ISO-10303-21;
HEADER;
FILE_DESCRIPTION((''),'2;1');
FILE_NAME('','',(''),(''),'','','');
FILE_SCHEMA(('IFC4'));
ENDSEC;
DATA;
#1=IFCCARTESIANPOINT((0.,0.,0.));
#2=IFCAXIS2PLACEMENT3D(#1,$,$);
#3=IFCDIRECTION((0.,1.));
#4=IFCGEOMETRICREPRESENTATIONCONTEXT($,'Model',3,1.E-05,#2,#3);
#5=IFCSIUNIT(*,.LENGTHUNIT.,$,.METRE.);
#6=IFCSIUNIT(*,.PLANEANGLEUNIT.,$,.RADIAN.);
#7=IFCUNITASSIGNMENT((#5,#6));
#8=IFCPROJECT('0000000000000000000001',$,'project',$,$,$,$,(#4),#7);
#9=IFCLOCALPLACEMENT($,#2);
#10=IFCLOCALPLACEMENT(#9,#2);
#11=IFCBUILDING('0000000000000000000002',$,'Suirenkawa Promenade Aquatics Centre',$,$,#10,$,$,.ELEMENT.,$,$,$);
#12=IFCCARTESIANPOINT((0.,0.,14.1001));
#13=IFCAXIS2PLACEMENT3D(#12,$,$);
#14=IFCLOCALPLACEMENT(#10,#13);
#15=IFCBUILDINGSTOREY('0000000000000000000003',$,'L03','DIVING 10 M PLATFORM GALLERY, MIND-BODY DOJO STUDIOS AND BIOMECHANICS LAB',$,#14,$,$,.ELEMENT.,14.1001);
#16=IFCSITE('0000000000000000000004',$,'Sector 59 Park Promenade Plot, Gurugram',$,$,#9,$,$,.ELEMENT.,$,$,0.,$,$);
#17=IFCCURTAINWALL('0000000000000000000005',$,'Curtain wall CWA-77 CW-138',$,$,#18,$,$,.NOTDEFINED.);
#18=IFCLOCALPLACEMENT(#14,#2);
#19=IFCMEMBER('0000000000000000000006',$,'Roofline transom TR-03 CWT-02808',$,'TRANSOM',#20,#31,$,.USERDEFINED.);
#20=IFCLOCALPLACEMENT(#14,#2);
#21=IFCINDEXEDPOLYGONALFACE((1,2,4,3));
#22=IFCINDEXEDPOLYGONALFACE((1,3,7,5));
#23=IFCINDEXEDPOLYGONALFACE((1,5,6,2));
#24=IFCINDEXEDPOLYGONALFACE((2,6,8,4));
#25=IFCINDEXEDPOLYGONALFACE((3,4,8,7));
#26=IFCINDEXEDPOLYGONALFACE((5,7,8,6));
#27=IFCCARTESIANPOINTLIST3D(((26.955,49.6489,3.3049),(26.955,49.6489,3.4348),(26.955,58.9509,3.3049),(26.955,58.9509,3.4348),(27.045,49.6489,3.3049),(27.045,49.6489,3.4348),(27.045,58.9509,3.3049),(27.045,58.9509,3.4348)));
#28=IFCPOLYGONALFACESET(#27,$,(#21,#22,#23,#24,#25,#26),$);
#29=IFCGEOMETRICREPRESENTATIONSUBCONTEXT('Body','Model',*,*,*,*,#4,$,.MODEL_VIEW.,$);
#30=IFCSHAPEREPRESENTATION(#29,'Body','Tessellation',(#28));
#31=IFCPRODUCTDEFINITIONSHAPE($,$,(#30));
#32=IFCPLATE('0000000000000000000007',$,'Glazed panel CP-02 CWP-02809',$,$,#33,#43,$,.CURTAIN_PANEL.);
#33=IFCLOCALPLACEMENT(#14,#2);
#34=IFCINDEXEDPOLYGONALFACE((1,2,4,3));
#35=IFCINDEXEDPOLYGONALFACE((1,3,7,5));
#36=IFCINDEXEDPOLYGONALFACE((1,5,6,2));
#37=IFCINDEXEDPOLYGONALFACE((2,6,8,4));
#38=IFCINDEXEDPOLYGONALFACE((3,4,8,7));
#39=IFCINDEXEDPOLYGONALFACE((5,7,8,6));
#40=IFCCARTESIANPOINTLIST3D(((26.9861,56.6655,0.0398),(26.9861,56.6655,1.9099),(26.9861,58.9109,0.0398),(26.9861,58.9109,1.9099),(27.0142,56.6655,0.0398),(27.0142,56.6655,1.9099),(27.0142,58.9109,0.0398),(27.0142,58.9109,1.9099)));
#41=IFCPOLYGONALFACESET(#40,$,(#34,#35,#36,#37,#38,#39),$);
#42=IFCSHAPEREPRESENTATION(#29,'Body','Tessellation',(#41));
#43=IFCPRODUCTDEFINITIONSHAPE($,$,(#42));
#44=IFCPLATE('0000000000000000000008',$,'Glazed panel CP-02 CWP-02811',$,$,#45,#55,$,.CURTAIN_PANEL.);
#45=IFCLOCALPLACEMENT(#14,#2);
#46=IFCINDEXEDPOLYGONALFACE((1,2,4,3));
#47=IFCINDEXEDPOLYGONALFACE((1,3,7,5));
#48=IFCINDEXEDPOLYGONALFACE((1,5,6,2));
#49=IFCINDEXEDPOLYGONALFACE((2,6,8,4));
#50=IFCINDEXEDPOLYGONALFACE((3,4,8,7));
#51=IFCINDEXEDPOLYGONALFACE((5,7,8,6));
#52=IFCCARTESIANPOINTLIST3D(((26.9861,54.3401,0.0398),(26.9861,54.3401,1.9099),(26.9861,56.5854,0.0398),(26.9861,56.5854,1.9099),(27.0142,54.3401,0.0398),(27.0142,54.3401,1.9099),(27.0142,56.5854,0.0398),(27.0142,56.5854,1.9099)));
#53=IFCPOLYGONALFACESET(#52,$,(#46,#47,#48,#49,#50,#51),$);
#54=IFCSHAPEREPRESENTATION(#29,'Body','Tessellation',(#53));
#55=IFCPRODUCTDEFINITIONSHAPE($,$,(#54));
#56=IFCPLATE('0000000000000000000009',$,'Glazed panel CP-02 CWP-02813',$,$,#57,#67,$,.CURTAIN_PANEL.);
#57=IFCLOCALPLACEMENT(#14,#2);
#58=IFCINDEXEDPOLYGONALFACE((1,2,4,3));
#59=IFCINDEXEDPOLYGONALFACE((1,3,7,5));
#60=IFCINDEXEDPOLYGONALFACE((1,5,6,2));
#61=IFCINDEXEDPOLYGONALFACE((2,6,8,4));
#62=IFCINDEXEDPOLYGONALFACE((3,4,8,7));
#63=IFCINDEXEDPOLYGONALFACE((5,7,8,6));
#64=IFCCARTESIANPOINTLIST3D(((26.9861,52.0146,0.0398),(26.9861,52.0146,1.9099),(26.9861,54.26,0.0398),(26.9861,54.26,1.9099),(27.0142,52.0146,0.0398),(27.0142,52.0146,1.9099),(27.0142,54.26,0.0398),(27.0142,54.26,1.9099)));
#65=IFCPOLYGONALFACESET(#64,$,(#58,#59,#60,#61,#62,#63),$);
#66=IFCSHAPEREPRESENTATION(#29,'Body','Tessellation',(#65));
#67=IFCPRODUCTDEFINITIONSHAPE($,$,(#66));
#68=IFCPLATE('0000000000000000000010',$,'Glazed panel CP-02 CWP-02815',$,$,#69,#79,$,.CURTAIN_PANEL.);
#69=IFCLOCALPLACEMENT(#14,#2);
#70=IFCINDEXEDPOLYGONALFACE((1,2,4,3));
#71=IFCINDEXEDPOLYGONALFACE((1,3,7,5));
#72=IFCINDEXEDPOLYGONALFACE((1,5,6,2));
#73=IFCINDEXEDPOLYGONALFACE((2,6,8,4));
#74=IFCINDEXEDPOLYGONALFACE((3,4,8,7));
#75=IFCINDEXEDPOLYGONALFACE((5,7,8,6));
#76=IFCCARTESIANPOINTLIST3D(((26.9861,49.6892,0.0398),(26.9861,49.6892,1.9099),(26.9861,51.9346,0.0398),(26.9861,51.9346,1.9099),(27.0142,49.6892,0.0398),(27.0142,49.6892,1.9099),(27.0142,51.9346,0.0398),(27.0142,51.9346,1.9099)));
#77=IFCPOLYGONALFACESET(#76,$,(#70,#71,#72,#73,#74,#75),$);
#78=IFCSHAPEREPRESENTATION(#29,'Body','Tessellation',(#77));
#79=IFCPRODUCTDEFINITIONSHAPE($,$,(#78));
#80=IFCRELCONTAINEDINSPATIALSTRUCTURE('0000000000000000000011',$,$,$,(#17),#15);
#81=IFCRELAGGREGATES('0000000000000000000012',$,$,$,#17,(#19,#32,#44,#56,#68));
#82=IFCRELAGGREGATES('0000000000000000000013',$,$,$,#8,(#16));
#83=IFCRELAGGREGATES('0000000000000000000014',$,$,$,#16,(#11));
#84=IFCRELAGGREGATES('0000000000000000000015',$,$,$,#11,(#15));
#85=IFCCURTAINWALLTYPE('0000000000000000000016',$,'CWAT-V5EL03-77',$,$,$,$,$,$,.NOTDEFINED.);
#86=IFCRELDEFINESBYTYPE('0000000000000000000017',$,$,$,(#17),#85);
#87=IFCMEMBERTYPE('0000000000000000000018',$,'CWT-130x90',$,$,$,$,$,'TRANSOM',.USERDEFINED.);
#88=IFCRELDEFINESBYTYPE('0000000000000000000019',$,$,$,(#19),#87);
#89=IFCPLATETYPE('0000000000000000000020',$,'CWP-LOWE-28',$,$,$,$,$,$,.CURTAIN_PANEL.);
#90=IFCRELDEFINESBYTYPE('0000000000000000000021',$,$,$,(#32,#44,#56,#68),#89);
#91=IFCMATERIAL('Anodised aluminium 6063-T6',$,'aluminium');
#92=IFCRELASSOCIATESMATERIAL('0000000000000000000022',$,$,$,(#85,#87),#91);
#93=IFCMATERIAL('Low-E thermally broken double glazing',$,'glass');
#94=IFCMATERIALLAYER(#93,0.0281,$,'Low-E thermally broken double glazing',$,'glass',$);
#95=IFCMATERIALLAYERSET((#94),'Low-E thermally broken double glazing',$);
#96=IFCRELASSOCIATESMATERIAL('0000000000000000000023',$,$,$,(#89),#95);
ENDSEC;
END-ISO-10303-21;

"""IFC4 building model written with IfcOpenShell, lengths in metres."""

from ifc_helpers import new_model, si_unit, direction, frame, origin, origin_2d, place, context, subcontext, project, spatial, polyline, rectangle, outline, extrude, material, layer, layer_set, material_profile, profile_set, type_object, element, aggregate, save


model = new_model("IFC4")

# Units and contexts
model_context = context("Model", 3, precision=1e-05, world=origin(), true_north=direction((0.0, 1.0)))
body_context = subcontext(model_context, "Body", "Model", "MODEL_VIEW")
ifc_project = project(units=[si_unit("LENGTHUNIT", "METRE"), si_unit("PLANEANGLEUNIT", "RADIAN")], contexts=[model_context])

# Site, building, storey
site_placement = place(None, origin())
site = spatial("IfcSite", under=ifc_project, at=site_placement, Name="Sector 59 Park Promenade Plot, Gurugram", CompositionType="ELEMENT", RefElevation=0.0)
building_placement = place(site_placement, origin())
building = spatial("IfcBuilding", under=site, at=building_placement, Name="Suirenkawa Promenade Aquatics Centre", CompositionType="ELEMENT")
storey_placement = place(building_placement, frame((0.0, 0.0, 14.1001)))
storey = spatial("IfcBuildingStorey", under=building, at=storey_placement, Name="L03", Description="DIVING 10 M PLATFORM GALLERY, MIND-BODY DOJO STUDIOS AND BIOMECHANICS LAB", CompositionType="ELEMENT", Elevation=14.1001)

# Curtain wall, member, plates
ifc_material_1 = material(Name="Anodised aluminium 6063-T6", Category="aluminium")
curtain_wall_type = type_object("IfcCurtainWallType", Name="CWAT-V5EL03-77", PredefinedType="NOTDEFINED", material=ifc_material_1)
curtain_wall_placement = place(storey_placement, origin())
curtain_wall = element("IfcCurtainWall", 1, at=curtain_wall_placement, inside=storey, type_object=curtain_wall_type, Name="Curtain wall CWA-77 CW-138", PredefinedType="NOTDEFINED")
ifc_material_profile_1 = material_profile(ifc_material_1, rectangle(XDim=0.0901, YDim=0.1299, at=origin_2d()), Name="ALU TRAN 90x130", Category="aluminium")
ifc_profile_set_1 = profile_set([ifc_material_profile_1], Name="Anodised aluminium 6063-T6")
member_type_1 = type_object("IfcMemberType", Name="CWT-130x90", ElementType="TRANSOM", PredefinedType="USERDEFINED", material=ifc_profile_set_1)
member_1_placement = place(storey_placement, frame((27.0, 58.9509, 3.3699), z_axis=(0.0, -1.0, 0.0), x_axis=(1.0, 0.0, 0.0)))
member_1 = element("IfcMember", 2, at=member_1_placement, type_object=member_type_1, Name="Roofline transom TR-03 CWT-02808", ObjectType="TRANSOM", PredefinedType="USERDEFINED", context=body_context, shape_type="SweptSolid", body=[
    extrude(rectangle(XDim=0.0901, YDim=0.1299, at=origin_2d()), origin(), (0.0, 0.0, 1.0), 9.302),
])
ifc_material_2 = material(Name="Low-E thermally broken double glazing", Category="glass")
ifc_layer = layer(ifc_material_2, 0.0281, Name="Low-E thermally broken double glazing", Category="glass")
ifc_layer_set = layer_set([ifc_layer], Name="Low-E thermally broken double glazing")
plate_type = type_object("IfcPlateType", Name="CWP-LOWE-28", PredefinedType="CURTAIN_PANEL", material=ifc_layer_set)
plate_1_placement = place(storey_placement, frame((27.0, 58.9509, 0.0398), z_axis=(0.0, 0.0, 1.0), x_axis=(0.0, -1.0, 0.0)))
plate_1 = element("IfcPlate", 3, at=plate_1_placement, type_object=plate_type, Name="Glazed panel CP-02 CWP-02809", PredefinedType="CURTAIN_PANEL", context=body_context, shape_type="SweptSolid", body=[
    extrude(outline(polyline([(0.04, 0.0), (2.2854, 0.0), (2.2854, 1.8701), (0.04, 1.8701), (0.04, 0.0)])), frame((0.0, 0.0142, 0.0), z_axis=(0.0, -1.0, 0.0), x_axis=(1.0, 0.0, 0.0)), (0.0, 0.0, 1.0), 0.0281),
])
plate_2_placement = place(storey_placement, frame((27.0, 56.6255, 0.0398), z_axis=(0.0, 0.0, 1.0), x_axis=(0.0, -1.0, 0.0)))
plate_2 = element("IfcPlate", 4, at=plate_2_placement, type_object=plate_type, Name="Glazed panel CP-02 CWP-02811", PredefinedType="CURTAIN_PANEL", context=body_context, shape_type="SweptSolid", body=[
    extrude(outline(polyline([(0.04, 0.0), (2.2854, 0.0), (2.2854, 1.8701), (0.04, 1.8701), (0.04, 0.0)])), frame((0.0, 0.0142, 0.0), z_axis=(0.0, -1.0, 0.0), x_axis=(1.0, 0.0, 0.0)), (0.0, 0.0, 1.0), 0.0281),
])
plate_3_placement = place(storey_placement, frame((27.0, 54.3, 0.0398), z_axis=(0.0, 0.0, 1.0), x_axis=(0.0, -1.0, 0.0)))
plate_3 = element("IfcPlate", 5, at=plate_3_placement, type_object=plate_type, Name="Glazed panel CP-02 CWP-02813", PredefinedType="CURTAIN_PANEL", context=body_context, shape_type="SweptSolid", body=[
    extrude(outline(polyline([(0.04, 0.0), (2.2854, 0.0), (2.2854, 1.8701), (0.04, 1.8701), (0.04, 0.0)])), frame((0.0, 0.0142, 0.0), z_axis=(0.0, -1.0, 0.0), x_axis=(1.0, 0.0, 0.0)), (0.0, 0.0, 1.0), 0.0281),
])
plate_4_placement = place(storey_placement, frame((27.0, 51.9746, 0.0398), z_axis=(0.0, 0.0, 1.0), x_axis=(0.0, -1.0, 0.0)))
plate_4 = element("IfcPlate", 6, at=plate_4_placement, type_object=plate_type, Name="Glazed panel CP-02 CWP-02815", PredefinedType="CURTAIN_PANEL", context=body_context, shape_type="SweptSolid", body=[
    extrude(outline(polyline([(0.04, 0.0), (2.2854, 0.0), (2.2854, 1.8701), (0.04, 1.8701), (0.04, 0.0)])), frame((0.0, 0.0142, 0.0), z_axis=(0.0, -1.0, 0.0), x_axis=(1.0, 0.0, 0.0)), (0.0, 0.0, 1.0), 0.0281),
])
aggregate(curtain_wall, [member_1, plate_1, plate_2, plate_3, plate_4])

save(model, "model.ifc")
